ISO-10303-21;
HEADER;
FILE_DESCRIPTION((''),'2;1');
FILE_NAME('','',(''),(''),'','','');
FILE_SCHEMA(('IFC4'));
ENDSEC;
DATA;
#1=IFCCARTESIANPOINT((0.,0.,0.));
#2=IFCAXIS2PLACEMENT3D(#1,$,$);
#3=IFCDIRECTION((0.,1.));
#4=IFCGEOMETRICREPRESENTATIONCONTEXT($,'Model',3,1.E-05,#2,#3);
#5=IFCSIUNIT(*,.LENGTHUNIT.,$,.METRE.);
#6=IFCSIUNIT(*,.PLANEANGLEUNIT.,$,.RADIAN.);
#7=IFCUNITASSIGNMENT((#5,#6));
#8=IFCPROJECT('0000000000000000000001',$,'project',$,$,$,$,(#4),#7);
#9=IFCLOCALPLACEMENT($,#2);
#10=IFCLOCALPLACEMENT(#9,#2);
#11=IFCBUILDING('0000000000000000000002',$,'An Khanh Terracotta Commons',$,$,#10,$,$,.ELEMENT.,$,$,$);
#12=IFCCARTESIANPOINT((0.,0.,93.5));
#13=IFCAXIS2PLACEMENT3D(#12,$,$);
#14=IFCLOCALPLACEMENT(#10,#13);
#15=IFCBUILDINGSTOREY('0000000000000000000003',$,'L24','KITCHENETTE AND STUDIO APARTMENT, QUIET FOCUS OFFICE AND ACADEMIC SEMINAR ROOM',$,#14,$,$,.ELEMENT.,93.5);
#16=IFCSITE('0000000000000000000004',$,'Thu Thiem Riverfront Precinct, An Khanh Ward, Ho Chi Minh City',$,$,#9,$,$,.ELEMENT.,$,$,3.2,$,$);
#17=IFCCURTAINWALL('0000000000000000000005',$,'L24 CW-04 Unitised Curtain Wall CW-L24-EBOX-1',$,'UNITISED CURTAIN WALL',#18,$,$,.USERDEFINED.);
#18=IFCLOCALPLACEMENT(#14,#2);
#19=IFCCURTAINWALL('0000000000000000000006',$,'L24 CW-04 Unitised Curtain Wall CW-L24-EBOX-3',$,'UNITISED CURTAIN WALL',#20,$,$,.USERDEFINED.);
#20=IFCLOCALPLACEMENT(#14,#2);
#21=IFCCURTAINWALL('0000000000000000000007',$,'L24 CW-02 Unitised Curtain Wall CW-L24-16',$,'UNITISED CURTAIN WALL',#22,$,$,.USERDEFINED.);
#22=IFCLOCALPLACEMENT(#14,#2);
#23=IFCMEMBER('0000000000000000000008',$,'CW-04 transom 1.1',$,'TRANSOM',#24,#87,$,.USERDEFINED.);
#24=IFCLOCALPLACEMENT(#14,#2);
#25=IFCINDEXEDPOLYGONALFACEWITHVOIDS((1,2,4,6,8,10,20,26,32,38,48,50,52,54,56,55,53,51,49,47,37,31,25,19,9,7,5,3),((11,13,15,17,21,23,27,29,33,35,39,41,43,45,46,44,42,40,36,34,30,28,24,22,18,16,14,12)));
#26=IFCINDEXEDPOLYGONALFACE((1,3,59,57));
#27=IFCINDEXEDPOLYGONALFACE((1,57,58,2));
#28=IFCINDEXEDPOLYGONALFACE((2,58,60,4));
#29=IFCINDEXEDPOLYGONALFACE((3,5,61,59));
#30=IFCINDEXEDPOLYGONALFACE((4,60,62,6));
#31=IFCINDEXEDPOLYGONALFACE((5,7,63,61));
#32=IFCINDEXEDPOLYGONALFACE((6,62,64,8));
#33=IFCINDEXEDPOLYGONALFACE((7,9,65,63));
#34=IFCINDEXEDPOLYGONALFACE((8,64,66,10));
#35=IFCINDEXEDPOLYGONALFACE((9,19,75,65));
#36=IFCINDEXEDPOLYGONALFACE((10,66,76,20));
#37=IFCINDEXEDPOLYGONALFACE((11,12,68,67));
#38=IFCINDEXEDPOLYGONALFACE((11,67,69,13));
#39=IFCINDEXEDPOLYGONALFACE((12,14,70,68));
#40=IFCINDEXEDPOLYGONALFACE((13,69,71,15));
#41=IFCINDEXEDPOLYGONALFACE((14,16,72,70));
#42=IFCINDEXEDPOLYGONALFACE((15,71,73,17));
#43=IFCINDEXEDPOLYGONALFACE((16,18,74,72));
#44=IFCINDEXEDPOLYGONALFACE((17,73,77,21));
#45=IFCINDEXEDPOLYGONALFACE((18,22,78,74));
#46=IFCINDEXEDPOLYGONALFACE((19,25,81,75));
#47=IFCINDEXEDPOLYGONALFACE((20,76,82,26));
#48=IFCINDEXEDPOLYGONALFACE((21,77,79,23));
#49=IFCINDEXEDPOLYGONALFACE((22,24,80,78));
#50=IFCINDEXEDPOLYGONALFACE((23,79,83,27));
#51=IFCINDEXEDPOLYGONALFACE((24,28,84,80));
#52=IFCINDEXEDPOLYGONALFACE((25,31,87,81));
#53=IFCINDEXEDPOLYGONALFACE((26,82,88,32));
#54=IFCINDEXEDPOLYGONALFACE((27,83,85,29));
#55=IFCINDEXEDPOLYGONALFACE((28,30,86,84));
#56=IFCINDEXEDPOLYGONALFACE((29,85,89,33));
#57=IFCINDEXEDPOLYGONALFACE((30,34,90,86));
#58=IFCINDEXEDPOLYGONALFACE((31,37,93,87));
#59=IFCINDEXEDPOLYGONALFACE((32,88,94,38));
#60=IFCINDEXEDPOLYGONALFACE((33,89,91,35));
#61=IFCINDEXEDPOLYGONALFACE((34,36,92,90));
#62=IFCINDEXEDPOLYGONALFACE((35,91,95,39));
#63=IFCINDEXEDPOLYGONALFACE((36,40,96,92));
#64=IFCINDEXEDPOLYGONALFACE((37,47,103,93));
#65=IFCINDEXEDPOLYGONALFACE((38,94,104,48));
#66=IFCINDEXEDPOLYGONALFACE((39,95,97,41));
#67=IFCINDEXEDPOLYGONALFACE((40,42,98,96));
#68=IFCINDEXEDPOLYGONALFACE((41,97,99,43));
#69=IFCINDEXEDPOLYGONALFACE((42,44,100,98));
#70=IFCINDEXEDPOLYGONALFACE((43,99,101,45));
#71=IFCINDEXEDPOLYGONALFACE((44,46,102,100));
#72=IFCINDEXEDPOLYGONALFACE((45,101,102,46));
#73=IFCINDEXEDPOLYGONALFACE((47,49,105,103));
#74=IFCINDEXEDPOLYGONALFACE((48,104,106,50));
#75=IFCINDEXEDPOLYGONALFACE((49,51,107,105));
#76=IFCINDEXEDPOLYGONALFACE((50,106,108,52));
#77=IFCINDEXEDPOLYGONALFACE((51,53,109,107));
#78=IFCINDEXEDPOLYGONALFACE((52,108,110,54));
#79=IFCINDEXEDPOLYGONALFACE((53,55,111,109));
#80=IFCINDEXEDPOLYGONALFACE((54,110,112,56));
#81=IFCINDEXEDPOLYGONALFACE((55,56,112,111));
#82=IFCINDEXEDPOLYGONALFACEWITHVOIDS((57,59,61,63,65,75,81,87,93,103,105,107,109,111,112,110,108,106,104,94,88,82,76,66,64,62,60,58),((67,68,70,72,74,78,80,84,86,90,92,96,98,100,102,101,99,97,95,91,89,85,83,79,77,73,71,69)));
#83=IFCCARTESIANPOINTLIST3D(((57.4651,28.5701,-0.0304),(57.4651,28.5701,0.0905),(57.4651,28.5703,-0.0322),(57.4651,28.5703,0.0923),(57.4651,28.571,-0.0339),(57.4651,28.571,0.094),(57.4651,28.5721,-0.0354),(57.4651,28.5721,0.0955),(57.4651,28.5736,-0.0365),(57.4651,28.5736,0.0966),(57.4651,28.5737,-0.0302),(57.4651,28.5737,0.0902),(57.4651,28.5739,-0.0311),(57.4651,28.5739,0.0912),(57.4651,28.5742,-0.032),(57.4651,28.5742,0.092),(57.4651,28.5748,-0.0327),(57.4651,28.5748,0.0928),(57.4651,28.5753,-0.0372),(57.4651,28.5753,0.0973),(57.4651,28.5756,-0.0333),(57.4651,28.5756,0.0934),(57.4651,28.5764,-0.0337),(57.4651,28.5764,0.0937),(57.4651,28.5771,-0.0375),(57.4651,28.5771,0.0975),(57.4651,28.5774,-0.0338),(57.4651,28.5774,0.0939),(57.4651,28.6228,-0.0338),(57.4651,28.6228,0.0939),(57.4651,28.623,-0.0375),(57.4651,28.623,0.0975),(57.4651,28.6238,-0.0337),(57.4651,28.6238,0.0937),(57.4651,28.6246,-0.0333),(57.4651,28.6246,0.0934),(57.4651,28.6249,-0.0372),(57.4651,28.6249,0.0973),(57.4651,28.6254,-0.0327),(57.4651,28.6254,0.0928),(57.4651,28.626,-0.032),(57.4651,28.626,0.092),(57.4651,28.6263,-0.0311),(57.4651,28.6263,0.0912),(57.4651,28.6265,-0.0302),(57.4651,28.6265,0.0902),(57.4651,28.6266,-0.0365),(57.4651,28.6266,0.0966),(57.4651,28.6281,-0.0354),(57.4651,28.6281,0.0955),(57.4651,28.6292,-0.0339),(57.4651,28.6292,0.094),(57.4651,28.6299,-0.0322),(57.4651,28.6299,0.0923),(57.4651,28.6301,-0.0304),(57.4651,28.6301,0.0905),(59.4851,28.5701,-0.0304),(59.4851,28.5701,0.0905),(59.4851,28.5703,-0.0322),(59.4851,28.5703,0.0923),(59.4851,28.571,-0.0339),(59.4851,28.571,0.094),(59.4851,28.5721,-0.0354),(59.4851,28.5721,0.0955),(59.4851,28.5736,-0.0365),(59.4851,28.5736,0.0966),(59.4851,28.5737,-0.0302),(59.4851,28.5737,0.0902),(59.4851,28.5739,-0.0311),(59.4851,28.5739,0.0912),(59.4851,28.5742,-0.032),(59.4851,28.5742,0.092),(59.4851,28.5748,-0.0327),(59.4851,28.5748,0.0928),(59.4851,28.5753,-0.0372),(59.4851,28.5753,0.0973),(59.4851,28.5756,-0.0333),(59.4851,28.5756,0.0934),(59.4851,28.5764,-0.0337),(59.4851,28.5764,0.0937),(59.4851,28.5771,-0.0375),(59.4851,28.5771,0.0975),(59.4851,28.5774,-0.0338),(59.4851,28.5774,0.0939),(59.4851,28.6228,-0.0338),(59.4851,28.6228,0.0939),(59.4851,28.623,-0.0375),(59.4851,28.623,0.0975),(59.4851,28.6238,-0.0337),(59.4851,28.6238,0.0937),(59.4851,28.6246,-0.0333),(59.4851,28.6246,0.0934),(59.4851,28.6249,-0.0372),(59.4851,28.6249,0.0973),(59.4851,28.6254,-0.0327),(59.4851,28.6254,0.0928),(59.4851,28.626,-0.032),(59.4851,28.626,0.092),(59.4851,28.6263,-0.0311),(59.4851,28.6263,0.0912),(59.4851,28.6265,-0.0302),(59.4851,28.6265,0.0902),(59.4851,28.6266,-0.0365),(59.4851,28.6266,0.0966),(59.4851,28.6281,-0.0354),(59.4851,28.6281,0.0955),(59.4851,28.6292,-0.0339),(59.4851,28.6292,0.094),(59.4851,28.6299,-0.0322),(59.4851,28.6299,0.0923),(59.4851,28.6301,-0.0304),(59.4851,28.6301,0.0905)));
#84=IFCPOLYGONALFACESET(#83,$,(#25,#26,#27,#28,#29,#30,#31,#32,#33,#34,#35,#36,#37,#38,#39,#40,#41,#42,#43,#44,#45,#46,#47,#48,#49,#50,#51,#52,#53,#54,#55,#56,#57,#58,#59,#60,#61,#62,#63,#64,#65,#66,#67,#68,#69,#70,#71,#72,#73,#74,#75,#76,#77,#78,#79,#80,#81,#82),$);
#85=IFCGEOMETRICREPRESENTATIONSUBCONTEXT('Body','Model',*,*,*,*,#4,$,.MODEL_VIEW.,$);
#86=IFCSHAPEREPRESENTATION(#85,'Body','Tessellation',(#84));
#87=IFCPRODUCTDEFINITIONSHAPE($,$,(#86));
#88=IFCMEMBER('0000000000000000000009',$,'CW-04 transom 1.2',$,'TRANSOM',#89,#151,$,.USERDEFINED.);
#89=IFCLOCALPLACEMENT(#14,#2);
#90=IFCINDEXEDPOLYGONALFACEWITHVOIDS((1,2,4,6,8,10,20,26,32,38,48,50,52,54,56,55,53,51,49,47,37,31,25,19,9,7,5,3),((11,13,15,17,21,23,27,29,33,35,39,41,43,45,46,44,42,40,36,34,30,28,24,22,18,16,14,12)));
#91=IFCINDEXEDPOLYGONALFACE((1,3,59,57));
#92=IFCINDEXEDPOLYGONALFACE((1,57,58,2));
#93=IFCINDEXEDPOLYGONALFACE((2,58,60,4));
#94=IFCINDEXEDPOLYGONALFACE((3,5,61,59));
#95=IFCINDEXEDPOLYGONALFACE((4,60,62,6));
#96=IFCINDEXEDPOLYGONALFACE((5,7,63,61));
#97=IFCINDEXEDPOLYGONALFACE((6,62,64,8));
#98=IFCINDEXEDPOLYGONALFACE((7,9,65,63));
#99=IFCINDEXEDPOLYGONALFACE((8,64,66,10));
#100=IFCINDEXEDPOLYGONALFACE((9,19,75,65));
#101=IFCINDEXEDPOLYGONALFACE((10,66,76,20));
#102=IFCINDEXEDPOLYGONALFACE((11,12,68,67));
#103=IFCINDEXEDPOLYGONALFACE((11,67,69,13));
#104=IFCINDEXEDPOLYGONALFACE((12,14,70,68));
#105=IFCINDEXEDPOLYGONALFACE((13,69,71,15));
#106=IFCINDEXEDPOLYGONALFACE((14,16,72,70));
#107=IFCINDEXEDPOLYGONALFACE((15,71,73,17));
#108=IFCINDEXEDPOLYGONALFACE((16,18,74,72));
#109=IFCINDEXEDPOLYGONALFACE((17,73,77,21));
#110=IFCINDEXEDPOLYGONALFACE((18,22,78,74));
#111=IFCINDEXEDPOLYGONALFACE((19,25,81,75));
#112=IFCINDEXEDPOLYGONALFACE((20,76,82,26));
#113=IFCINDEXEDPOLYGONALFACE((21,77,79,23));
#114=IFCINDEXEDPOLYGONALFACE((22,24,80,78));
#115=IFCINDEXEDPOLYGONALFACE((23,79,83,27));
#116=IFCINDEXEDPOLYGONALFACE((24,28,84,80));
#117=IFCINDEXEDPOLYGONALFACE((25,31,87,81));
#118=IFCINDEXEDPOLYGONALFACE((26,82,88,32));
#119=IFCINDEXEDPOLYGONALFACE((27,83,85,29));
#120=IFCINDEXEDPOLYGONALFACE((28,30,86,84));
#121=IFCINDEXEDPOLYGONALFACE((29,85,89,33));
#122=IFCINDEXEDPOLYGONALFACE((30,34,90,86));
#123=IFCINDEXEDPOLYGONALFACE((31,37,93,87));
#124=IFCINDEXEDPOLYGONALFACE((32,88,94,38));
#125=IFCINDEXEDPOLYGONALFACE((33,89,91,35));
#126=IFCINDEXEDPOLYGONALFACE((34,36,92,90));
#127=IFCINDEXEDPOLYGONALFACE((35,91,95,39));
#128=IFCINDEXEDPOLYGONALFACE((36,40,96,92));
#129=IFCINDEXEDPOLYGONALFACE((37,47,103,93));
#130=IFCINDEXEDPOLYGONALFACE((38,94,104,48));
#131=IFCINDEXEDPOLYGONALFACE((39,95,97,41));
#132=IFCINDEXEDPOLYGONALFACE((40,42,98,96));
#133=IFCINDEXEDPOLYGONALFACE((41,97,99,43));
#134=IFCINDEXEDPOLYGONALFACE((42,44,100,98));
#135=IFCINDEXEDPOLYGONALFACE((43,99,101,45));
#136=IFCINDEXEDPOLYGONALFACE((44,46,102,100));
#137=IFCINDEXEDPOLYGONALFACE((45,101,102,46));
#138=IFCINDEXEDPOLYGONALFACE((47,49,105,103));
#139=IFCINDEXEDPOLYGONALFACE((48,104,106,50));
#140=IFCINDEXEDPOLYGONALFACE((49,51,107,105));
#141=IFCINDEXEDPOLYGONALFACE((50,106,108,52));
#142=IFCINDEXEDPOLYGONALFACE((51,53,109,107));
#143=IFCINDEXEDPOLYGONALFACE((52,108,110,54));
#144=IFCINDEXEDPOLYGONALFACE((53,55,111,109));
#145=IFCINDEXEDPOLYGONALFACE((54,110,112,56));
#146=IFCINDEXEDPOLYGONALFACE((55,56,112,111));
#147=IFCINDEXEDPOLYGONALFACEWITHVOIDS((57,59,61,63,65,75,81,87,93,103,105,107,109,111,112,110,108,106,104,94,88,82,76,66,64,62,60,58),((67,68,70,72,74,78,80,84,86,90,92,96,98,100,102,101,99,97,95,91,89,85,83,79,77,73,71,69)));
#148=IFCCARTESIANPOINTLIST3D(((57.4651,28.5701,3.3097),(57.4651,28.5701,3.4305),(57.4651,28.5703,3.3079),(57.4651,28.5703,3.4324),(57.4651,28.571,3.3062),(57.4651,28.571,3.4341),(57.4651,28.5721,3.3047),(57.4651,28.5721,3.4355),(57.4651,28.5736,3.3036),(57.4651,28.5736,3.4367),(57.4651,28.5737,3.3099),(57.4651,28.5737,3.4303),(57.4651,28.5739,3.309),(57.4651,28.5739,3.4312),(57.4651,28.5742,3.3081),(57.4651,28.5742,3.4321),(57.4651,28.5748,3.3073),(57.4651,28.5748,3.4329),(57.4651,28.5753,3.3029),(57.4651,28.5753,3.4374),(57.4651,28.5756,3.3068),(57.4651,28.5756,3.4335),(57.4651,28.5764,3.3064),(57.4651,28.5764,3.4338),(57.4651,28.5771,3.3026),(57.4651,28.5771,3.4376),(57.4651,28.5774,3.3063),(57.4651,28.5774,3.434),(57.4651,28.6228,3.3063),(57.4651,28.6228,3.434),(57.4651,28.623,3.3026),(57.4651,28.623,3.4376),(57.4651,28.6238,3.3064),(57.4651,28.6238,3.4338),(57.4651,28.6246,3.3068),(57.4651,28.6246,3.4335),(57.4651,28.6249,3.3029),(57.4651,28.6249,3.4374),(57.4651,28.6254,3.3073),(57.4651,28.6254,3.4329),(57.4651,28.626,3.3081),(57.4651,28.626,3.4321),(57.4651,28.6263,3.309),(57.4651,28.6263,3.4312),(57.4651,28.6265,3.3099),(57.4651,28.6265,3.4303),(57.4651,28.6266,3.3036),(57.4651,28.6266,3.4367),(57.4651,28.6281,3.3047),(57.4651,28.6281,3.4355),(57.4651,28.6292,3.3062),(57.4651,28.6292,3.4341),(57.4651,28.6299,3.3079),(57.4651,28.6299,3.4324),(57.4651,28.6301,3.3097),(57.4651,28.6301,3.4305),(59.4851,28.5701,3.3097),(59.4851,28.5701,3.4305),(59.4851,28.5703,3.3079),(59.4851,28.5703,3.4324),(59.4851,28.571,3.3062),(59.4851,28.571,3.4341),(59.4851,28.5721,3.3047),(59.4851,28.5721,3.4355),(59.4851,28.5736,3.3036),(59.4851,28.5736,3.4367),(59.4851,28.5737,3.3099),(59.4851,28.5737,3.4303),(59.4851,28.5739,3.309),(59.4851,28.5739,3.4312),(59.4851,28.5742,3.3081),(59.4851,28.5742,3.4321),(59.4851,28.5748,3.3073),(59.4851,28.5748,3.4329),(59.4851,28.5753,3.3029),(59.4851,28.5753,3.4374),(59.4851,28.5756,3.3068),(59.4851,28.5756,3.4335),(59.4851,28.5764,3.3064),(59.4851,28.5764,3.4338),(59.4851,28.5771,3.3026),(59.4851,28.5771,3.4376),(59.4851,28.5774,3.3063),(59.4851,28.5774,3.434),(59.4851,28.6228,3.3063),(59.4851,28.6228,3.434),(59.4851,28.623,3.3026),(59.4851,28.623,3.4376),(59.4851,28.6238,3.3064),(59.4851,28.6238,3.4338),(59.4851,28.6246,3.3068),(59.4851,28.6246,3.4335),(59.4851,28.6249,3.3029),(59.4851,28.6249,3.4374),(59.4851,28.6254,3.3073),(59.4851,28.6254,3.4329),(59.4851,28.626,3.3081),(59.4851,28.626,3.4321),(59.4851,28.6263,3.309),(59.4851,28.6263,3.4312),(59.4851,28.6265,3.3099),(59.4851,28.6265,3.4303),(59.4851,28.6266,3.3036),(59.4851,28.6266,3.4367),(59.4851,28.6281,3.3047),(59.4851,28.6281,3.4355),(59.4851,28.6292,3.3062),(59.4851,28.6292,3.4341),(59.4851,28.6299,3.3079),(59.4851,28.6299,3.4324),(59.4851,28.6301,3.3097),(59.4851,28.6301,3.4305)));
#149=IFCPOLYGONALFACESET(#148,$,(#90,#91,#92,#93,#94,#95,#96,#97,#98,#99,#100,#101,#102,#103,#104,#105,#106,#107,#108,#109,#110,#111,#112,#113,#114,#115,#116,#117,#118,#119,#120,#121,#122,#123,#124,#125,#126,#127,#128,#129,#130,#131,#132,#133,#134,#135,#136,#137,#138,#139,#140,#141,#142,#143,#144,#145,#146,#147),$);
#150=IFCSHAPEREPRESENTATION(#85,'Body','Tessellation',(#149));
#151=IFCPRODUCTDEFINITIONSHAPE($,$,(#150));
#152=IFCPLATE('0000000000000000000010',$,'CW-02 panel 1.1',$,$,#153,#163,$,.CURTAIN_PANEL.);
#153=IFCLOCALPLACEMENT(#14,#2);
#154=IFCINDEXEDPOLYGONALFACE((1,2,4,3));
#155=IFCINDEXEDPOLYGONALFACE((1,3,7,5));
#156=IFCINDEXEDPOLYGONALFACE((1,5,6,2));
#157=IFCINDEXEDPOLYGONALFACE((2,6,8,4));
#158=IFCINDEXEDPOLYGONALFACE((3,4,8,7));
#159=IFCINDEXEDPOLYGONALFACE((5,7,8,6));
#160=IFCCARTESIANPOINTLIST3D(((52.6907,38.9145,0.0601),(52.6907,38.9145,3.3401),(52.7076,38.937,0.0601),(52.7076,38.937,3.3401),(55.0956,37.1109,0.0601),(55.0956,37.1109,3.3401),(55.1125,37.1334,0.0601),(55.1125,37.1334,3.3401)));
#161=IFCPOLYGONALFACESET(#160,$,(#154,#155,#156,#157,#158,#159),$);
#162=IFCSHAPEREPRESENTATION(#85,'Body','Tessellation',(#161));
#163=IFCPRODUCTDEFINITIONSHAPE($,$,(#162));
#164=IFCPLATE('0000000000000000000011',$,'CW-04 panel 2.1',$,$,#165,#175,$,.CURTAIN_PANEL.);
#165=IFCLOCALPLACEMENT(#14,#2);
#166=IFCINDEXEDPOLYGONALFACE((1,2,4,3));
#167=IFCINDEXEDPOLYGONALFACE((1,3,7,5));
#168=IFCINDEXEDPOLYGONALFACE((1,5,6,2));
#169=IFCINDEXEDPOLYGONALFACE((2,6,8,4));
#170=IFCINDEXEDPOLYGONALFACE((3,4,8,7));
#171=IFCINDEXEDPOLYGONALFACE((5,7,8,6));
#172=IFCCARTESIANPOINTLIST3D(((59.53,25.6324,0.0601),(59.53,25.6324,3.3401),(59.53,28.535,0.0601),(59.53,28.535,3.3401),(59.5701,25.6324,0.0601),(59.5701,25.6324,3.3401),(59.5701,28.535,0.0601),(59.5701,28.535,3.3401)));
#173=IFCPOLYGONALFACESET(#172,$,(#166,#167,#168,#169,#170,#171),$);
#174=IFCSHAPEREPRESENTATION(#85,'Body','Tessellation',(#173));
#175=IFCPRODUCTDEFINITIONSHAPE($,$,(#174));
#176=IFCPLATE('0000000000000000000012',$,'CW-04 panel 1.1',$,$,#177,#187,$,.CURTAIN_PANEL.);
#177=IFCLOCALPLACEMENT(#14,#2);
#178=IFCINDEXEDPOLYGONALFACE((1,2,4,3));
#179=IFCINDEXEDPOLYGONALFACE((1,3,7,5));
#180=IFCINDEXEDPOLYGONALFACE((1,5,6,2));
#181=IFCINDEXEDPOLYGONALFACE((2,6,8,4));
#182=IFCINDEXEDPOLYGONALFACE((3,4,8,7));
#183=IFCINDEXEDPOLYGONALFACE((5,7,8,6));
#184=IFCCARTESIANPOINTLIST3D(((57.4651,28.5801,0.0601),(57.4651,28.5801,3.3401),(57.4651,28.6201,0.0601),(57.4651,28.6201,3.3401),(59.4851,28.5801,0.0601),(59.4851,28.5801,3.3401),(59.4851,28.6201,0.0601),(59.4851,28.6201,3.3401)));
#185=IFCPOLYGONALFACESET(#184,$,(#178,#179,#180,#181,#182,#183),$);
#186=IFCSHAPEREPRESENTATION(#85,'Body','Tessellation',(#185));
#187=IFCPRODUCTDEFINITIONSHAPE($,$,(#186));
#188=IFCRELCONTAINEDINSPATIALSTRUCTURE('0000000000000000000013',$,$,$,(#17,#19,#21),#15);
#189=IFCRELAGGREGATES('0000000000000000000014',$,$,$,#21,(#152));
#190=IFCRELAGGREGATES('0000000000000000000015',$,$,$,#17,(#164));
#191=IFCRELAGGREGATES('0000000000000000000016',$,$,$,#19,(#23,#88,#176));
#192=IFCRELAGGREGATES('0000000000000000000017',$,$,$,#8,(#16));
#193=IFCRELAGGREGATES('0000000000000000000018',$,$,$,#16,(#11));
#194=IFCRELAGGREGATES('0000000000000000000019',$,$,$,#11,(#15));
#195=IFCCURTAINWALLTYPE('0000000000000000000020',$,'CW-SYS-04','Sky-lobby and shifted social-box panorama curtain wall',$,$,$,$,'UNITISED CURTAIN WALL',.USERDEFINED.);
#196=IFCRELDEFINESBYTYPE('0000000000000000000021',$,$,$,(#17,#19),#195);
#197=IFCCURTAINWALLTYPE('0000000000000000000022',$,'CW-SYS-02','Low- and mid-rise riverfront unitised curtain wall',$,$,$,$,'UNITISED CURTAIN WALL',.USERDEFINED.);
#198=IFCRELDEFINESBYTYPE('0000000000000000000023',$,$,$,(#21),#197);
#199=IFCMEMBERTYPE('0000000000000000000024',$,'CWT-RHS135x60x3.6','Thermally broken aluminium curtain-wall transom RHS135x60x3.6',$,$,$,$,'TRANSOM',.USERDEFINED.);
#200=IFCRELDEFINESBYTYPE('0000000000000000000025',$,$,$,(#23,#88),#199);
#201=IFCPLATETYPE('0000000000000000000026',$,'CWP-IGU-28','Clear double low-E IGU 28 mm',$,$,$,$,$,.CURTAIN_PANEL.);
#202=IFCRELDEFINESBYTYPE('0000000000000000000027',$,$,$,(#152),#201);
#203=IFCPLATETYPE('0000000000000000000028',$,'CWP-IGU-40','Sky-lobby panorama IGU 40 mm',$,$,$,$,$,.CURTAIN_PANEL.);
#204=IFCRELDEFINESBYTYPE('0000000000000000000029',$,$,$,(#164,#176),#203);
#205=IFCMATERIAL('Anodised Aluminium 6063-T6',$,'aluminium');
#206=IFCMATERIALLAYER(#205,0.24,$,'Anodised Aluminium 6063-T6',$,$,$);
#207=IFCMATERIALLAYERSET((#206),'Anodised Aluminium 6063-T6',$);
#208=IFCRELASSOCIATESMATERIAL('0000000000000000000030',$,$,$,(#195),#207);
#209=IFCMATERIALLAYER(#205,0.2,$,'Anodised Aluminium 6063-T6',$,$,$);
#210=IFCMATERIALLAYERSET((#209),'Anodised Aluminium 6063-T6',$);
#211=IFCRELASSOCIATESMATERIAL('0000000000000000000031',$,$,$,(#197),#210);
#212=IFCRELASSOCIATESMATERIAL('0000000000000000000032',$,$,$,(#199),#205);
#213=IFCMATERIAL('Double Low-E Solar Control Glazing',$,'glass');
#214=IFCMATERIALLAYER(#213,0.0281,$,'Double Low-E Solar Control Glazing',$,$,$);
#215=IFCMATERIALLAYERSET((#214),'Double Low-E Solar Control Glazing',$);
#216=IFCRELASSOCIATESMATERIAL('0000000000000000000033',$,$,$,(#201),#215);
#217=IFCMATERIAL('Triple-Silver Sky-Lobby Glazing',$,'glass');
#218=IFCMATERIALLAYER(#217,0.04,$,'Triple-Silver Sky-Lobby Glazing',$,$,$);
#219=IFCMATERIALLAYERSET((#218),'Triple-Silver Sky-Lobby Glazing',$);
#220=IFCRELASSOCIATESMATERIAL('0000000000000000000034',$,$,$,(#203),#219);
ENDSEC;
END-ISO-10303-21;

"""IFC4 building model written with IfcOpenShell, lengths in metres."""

from ifc_helpers import new_model, si_unit, direction, frame, origin, origin_2d, place, context, subcontext, project, spatial, rectangle, hollow_rectangle, extrude, material, layer, layer_set, material_profile, profile_set, type_object, element, aggregate, save


model = new_model("IFC4")

# Units and contexts
model_context = context("Model", 3, precision=1e-05, world=origin(), true_north=direction((0.0, 1.0)))
body_context = subcontext(model_context, "Body", "Model", "MODEL_VIEW")
ifc_project = project(units=[si_unit("LENGTHUNIT", "METRE"), si_unit("PLANEANGLEUNIT", "RADIAN")], contexts=[model_context])

# Site, building, storey
site_placement = place(None, origin())
site = spatial("IfcSite", under=ifc_project, at=site_placement, Name="Thu Thiem Riverfront Precinct, An Khanh Ward, Ho Chi Minh City", CompositionType="ELEMENT", RefElevation=3.2)
building_placement = place(site_placement, origin())
building = spatial("IfcBuilding", under=site, at=building_placement, Name="An Khanh Terracotta Commons", CompositionType="ELEMENT")
storey_placement = place(building_placement, frame((0.0, 0.0, 93.5)))
storey = spatial("IfcBuildingStorey", under=building, at=storey_placement, Name="L24", Description="KITCHENETTE AND STUDIO APARTMENT, QUIET FOCUS OFFICE AND ACADEMIC SEMINAR ROOM", CompositionType="ELEMENT", Elevation=93.5)

# Curtain walls
ifc_material_1 = material(Name="Anodised Aluminium 6063-T6", Category="aluminium")
ifc_layer_1 = layer(ifc_material_1, 0.24, Name="Anodised Aluminium 6063-T6")
ifc_layer_set_1 = layer_set([ifc_layer_1], Name="Anodised Aluminium 6063-T6")
curtain_wall_type_1 = type_object("IfcCurtainWallType", Name="CW-SYS-04", Description="Sky-lobby and shifted social-box panorama curtain wall", ElementType="UNITISED CURTAIN WALL", PredefinedType="USERDEFINED", material=ifc_layer_set_1)
curtain_wall_1_placement = place(storey_placement, origin())
curtain_wall_1 = element("IfcCurtainWall", 1, at=curtain_wall_1_placement, inside=storey, type_object=curtain_wall_type_1, Name="L24 CW-04 Unitised Curtain Wall CW-L24-EBOX-1", ObjectType="UNITISED CURTAIN WALL", PredefinedType="USERDEFINED")
curtain_wall_2_placement = place(storey_placement, origin())
curtain_wall_2 = element("IfcCurtainWall", 2, at=curtain_wall_2_placement, inside=storey, type_object=curtain_wall_type_1, Name="L24 CW-04 Unitised Curtain Wall CW-L24-EBOX-3", ObjectType="UNITISED CURTAIN WALL", PredefinedType="USERDEFINED")
ifc_layer_2 = layer(ifc_material_1, 0.2, Name="Anodised Aluminium 6063-T6")
ifc_layer_set_2 = layer_set([ifc_layer_2], Name="Anodised Aluminium 6063-T6")
curtain_wall_type_2 = type_object("IfcCurtainWallType", Name="CW-SYS-02", Description="Low- and mid-rise riverfront unitised curtain wall", ElementType="UNITISED CURTAIN WALL", PredefinedType="USERDEFINED", material=ifc_layer_set_2)
curtain_wall_3_placement = place(storey_placement, origin())
curtain_wall_3 = element("IfcCurtainWall", 3, at=curtain_wall_3_placement, inside=storey, type_object=curtain_wall_type_2, Name="L24 CW-02 Unitised Curtain Wall CW-L24-16", ObjectType="UNITISED CURTAIN WALL", PredefinedType="USERDEFINED")

# Members
ifc_material_profile_1 = material_profile(ifc_material_1, hollow_rectangle(XDim=0.0601, YDim=0.135, WallThickness=0.0037, InnerFilletRadius=0.0037, OuterFilletRadius=0.0071, at=origin_2d()), Name="RHS135x60x3.6")
ifc_profile_set_1 = profile_set([ifc_material_profile_1], Name="Anodised Aluminium 6063-T6")
member_type_1 = type_object("IfcMemberType", Name="CWT-RHS135x60x3.6", Description="Thermally broken aluminium curtain-wall transom RHS135x60x3.6", ElementType="TRANSOM", PredefinedType="USERDEFINED", material=ifc_profile_set_1)
member_1_placement = place(storey_placement, frame((59.4851, 28.6001, 0.03), z_axis=(-1.0, 0.0, 0.0), x_axis=(0.0, -1.0, 0.0)))
member_1 = element("IfcMember", 4, at=member_1_placement, type_object=member_type_1, Name="CW-04 transom 1.1", ObjectType="TRANSOM", PredefinedType="USERDEFINED", context=body_context, shape_type="SweptSolid", body=[
    extrude(hollow_rectangle(XDim=0.0601, YDim=0.135, WallThickness=0.0037, InnerFilletRadius=0.0037, OuterFilletRadius=0.0071, at=origin_2d()), origin(), (0.0, 0.0, 1.0), 2.02),
])
member_2_placement = place(storey_placement, frame((59.4851, 28.6001, 3.3701), z_axis=(-1.0, 0.0, 0.0), x_axis=(0.0, -1.0, 0.0)))
member_2 = element("IfcMember", 5, at=member_2_placement, type_object=member_type_1, Name="CW-04 transom 1.2", ObjectType="TRANSOM", PredefinedType="USERDEFINED", context=body_context, shape_type="SweptSolid", body=[
    extrude(hollow_rectangle(XDim=0.0601, YDim=0.135, WallThickness=0.0037, InnerFilletRadius=0.0037, OuterFilletRadius=0.0071, at=origin_2d()), origin(), (0.0, 0.0, 1.0), 2.02),
])

# Plates
ifc_material_2 = material(Name="Double Low-E Solar Control Glazing", Category="glass")
ifc_layer_3 = layer(ifc_material_2, 0.0281, Name="Double Low-E Solar Control Glazing")
ifc_layer_set_3 = layer_set([ifc_layer_3], Name="Double Low-E Solar Control Glazing")
plate_type_1 = type_object("IfcPlateType", Name="CWP-IGU-28", Description="Clear double low-E IGU 28 mm", PredefinedType="CURTAIN_PANEL", material=ifc_layer_set_3)
plate_1_placement = place(storey_placement, frame((53.9016, 38.0239, 0.0601), z_axis=(0.0, 0.0, 1.0), x_axis=(-0.800013, 0.599983, 0.0)))
plate_1 = element("IfcPlate", 6, at=plate_1_placement, type_object=plate_type_1, Name="CW-02 panel 1.1", PredefinedType="CURTAIN_PANEL", context=body_context, shape_type="SweptSolid", body=[
    extrude(rectangle(XDim=3.0061, YDim=0.0281, at=origin_2d()), origin(), (0.0, 0.0, 1.0), 3.28),
])
aggregate(curtain_wall_3, [plate_1])
ifc_material_3 = material(Name="Triple-Silver Sky-Lobby Glazing", Category="glass")
ifc_layer_4 = layer(ifc_material_3, 0.04, Name="Triple-Silver Sky-Lobby Glazing")
ifc_layer_set_4 = layer_set([ifc_layer_4], Name="Triple-Silver Sky-Lobby Glazing")
plate_type_2 = type_object("IfcPlateType", Name="CWP-IGU-40", Description="Sky-lobby panorama IGU 40 mm", PredefinedType="CURTAIN_PANEL", material=ifc_layer_set_4)
plate_2_placement = place(storey_placement, frame((59.55, 27.0837, 0.0601), z_axis=(0.0, 0.0, 1.0), x_axis=(0.0, 1.0, 0.0)))
plate_2 = element("IfcPlate", 7, at=plate_2_placement, type_object=plate_type_2, Name="CW-04 panel 2.1", PredefinedType="CURTAIN_PANEL", context=body_context, shape_type="SweptSolid", body=[
    extrude(rectangle(XDim=2.9026, YDim=0.04, at=origin_2d()), origin(), (0.0, 0.0, 1.0), 3.28),
])
aggregate(curtain_wall_1, [plate_2])
plate_3_placement = place(storey_placement, frame((58.4751, 28.6001, 0.0601), z_axis=(0.0, 0.0, 1.0), x_axis=(-1.0, 0.0, 0.0)))
plate_3 = element("IfcPlate", 8, at=plate_3_placement, type_object=plate_type_2, Name="CW-04 panel 1.1", PredefinedType="CURTAIN_PANEL", context=body_context, shape_type="SweptSolid", body=[
    extrude(rectangle(XDim=2.02, YDim=0.04, at=origin_2d()), origin(), (0.0, 0.0, 1.0), 3.28),
])
aggregate(curtain_wall_2, [member_1, member_2, plate_3])

save(model, "model.ifc")
